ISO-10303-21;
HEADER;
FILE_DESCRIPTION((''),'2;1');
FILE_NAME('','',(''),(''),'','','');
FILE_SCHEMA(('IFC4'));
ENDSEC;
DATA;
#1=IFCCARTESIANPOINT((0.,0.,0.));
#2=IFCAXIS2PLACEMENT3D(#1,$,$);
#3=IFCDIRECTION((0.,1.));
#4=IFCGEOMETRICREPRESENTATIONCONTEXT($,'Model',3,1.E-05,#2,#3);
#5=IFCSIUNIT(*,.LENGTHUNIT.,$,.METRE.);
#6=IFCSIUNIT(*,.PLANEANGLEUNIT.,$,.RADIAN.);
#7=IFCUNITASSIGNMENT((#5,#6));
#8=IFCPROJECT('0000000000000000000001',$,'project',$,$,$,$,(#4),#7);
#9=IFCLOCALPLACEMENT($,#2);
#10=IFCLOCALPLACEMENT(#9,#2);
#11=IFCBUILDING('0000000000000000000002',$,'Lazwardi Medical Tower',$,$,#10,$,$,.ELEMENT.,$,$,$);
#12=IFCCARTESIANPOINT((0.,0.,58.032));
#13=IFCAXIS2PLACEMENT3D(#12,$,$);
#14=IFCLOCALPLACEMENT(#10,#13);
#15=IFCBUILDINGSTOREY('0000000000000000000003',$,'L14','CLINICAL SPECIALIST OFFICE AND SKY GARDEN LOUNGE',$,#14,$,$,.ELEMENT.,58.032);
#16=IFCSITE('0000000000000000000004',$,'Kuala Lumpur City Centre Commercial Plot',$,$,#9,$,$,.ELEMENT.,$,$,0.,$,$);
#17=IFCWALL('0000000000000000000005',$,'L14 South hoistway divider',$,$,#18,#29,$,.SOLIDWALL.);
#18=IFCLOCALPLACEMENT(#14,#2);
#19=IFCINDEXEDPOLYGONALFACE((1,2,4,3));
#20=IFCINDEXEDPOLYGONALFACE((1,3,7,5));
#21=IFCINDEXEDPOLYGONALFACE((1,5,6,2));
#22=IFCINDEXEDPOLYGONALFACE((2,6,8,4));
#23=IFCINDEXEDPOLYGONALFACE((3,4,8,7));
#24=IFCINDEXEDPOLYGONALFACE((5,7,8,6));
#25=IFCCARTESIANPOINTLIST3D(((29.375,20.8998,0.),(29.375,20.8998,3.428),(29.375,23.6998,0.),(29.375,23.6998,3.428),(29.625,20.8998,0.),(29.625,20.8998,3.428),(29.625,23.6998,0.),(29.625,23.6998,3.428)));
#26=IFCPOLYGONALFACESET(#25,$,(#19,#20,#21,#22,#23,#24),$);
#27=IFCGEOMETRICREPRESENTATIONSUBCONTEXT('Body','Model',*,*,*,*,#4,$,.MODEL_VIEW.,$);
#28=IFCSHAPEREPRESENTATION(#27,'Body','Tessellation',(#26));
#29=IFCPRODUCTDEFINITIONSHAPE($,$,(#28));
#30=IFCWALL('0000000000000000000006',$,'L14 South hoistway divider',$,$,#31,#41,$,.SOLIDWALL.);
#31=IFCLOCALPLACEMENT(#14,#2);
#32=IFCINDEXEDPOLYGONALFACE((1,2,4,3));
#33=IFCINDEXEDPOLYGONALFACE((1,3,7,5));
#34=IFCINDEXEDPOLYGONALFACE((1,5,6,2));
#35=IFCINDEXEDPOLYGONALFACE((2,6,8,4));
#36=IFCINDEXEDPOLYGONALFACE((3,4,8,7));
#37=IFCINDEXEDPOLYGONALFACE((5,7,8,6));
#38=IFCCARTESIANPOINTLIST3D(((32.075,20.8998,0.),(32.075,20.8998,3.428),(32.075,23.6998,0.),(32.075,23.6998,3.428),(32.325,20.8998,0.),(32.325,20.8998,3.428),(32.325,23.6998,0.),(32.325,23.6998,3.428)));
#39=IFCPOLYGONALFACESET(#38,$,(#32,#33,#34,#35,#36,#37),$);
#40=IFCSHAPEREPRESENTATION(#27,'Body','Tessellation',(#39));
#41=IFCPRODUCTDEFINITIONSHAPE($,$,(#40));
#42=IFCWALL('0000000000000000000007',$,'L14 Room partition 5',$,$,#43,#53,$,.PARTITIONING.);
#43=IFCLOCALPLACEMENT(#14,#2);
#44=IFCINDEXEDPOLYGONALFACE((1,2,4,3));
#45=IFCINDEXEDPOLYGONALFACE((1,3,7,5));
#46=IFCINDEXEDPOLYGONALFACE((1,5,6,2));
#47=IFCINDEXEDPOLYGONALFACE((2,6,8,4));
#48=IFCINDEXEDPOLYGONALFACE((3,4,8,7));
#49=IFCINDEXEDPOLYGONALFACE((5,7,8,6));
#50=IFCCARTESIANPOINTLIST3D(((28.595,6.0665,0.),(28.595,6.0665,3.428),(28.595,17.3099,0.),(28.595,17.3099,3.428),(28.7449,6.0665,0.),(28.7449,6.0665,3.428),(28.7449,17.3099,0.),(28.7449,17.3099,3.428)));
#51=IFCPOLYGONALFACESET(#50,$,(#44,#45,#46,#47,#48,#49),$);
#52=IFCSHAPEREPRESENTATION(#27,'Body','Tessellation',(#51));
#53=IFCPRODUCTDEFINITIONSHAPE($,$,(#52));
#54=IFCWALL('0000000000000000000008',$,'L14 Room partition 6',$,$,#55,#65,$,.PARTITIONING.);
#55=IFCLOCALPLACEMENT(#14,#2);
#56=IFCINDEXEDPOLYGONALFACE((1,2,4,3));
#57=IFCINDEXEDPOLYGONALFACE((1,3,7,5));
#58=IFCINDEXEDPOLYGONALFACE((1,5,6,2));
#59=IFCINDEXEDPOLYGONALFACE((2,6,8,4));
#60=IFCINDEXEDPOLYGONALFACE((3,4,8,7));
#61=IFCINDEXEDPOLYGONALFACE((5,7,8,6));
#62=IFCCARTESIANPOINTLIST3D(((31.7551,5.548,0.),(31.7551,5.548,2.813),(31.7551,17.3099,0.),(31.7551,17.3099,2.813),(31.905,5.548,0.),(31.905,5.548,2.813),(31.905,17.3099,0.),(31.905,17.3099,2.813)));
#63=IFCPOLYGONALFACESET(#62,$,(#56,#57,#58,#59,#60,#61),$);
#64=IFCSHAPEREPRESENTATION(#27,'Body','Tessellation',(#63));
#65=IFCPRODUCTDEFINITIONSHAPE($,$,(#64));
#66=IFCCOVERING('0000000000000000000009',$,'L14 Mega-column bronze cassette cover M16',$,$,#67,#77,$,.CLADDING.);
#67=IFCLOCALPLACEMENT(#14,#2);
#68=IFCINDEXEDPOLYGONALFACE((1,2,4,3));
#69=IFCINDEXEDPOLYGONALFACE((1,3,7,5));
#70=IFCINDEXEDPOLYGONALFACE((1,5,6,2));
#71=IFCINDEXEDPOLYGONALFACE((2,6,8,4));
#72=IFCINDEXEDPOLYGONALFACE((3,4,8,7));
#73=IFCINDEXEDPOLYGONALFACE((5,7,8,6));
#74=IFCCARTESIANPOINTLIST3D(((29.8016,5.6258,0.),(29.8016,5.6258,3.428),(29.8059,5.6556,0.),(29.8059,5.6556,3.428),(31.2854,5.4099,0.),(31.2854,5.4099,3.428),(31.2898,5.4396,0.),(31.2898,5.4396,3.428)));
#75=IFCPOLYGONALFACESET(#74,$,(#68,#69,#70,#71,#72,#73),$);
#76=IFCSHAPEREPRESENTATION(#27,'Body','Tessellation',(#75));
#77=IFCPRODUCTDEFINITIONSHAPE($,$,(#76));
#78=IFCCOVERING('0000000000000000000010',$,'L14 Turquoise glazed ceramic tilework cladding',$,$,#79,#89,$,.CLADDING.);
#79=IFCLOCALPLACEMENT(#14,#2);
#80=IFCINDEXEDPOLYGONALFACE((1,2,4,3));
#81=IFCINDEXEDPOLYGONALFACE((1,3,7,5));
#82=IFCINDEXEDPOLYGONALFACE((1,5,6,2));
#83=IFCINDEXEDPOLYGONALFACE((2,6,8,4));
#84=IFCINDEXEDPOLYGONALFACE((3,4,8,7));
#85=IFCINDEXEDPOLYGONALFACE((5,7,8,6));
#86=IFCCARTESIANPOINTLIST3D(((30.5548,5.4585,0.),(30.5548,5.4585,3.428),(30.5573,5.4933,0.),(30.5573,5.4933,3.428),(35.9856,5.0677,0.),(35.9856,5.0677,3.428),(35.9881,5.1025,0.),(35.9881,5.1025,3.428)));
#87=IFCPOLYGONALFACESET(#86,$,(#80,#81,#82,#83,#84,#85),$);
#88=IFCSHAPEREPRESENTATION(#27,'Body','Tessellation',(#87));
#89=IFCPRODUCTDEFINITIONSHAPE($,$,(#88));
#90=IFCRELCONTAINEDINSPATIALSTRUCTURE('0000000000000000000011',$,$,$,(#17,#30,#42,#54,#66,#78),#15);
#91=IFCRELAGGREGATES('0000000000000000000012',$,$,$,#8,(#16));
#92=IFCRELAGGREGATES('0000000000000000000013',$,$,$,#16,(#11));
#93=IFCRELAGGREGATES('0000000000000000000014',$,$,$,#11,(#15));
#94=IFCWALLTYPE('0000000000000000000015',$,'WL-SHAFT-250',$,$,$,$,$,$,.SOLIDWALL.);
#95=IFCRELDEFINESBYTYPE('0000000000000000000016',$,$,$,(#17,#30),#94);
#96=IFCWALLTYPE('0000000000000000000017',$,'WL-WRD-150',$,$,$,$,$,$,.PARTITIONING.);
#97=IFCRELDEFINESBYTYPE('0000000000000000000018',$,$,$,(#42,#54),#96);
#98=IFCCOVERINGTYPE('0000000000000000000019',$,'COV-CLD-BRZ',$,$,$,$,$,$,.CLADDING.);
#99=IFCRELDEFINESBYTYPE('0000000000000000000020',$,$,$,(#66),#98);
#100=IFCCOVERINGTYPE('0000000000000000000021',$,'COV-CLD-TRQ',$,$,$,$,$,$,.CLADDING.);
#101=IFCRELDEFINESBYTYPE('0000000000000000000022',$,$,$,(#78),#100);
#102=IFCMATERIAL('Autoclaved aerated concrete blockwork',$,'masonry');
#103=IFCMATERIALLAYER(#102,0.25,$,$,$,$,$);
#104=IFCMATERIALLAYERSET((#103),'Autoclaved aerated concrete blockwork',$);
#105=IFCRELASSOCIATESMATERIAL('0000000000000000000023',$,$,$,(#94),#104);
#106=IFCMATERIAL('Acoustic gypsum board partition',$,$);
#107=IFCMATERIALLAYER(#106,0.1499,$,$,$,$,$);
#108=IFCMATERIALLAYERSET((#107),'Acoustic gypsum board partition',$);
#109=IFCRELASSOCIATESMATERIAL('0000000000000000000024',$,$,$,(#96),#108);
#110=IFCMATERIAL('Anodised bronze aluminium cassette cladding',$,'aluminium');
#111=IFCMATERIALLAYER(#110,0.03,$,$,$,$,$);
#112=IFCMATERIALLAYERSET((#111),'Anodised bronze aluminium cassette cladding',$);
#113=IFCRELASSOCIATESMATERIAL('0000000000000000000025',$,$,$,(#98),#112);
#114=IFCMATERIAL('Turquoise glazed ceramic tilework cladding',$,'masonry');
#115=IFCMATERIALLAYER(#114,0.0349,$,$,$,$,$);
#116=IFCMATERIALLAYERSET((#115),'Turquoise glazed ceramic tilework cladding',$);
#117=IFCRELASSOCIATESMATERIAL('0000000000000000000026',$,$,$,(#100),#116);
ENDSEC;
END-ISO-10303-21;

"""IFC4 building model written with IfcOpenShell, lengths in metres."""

from ifc_helpers import new_model, si_unit, direction, frame, frame_2d, origin, origin_2d, place, context, subcontext, project, spatial, rectangle, extrude, material, layer, layer_set, type_object, element, save


model = new_model("IFC4")

# Units and contexts
model_context = context("Model", 3, precision=1e-05, world=origin(), true_north=direction((0.0, 1.0)))
body_context = subcontext(model_context, "Body", "Model", "MODEL_VIEW")
ifc_project = project(units=[si_unit("LENGTHUNIT", "METRE"), si_unit("PLANEANGLEUNIT", "RADIAN")], contexts=[model_context])

# Site, building, storey
site_placement = place(None, origin())
site = spatial("IfcSite", under=ifc_project, at=site_placement, Name="Kuala Lumpur City Centre Commercial Plot", CompositionType="ELEMENT", RefElevation=0.0)
building_placement = place(site_placement, origin())
building = spatial("IfcBuilding", under=site, at=building_placement, Name="Lazwardi Medical Tower", CompositionType="ELEMENT")
storey_placement = place(building_placement, frame((0.0, 0.0, 58.032)))
storey = spatial("IfcBuildingStorey", under=building, at=storey_placement, Name="L14", Description="CLINICAL SPECIALIST OFFICE AND SKY GARDEN LOUNGE", CompositionType="ELEMENT", Elevation=58.032)

# Walls
ifc_material_1 = material(Name="Autoclaved aerated concrete blockwork", Category="masonry")
ifc_layer_1 = layer(ifc_material_1, 0.25)
ifc_layer_set_1 = layer_set([ifc_layer_1], Name="Autoclaved aerated concrete blockwork")
wall_type_1 = type_object("IfcWallType", Name="WL-SHAFT-250", PredefinedType="SOLIDWALL", material=ifc_layer_set_1)
for number, where, z_axis, x_axis, name in (
    (1, (29.5, 20.8999, 0.0), (0.0, 0.0, 1.0), (0.0, 1.0, 0.0), "L14 South hoistway divider"),
    (2, (32.2, 20.8999, 0.0), (0.0, 0.0, 1.0), (0.0, 1.0, 0.0), "L14 South hoistway divider"),
):
    element("IfcWall", number, at=place(storey_placement, frame(where, z_axis=z_axis, x_axis=x_axis)), inside=storey, type_object=wall_type_1, Name=name, PredefinedType="SOLIDWALL", context=body_context, shape_type="SweptSolid", body=[
        extrude(rectangle(XDim=2.8, YDim=0.25, at=frame_2d((1.3999, 0.0))), origin(), (0.0, 0.0, 1.0), 3.428),
    ])
ifc_material_2 = material(Name="Acoustic gypsum board partition")
ifc_layer_2 = layer(ifc_material_2, 0.1499)
ifc_layer_set_2 = layer_set([ifc_layer_2], Name="Acoustic gypsum board partition")
wall_type_2 = type_object("IfcWallType", Name="WL-WRD-150", PredefinedType="PARTITIONING", material=ifc_layer_set_2)
wall_1_placement = place(storey_placement, frame((28.6699, 6.0667, 0.0), z_axis=(0.0, 0.0, 1.0), x_axis=(0.0, 1.0, 0.0)))
element("IfcWall", 3, at=wall_1_placement, inside=storey, type_object=wall_type_2, Name="L14 Room partition 5", PredefinedType="PARTITIONING", context=body_context, shape_type="SweptSolid", body=[
    extrude(rectangle(XDim=11.2434, YDim=0.1499, at=frame_2d((5.6216, 0.0))), origin(), (0.0, 0.0, 1.0), 3.428),
])
wall_2_placement = place(storey_placement, frame((31.8301, 5.5481, 0.0), z_axis=(0.0, 0.0, 1.0), x_axis=(0.0, 1.0, 0.0)))
element("IfcWall", 4, at=wall_2_placement, inside=storey, type_object=wall_type_2, Name="L14 Room partition 6", PredefinedType="PARTITIONING", context=body_context, shape_type="SweptSolid", body=[
    extrude(rectangle(XDim=11.762, YDim=0.1499, at=frame_2d((5.8809, 0.0))), origin(), (0.0, 0.0, 1.0), 2.813),
])

# Coverings
ifc_material_3 = material(Name="Anodised bronze aluminium cassette cladding", Category="aluminium")
ifc_layer_3 = layer(ifc_material_3, 0.03)
ifc_layer_set_3 = layer_set([ifc_layer_3], Name="Anodised bronze aluminium cassette cladding")
covering_type_1 = type_object("IfcCoveringType", Name="COV-CLD-BRZ", PredefinedType="CLADDING", material=ifc_layer_set_3)
covering_1_placement = place(storey_placement, frame((30.5457, 5.5327, 0.0), z_axis=(0.0, 0.0, 1.0), x_axis=(0.989573, -0.144035, 0.0)))
element("IfcCovering", 5, at=covering_1_placement, inside=storey, type_object=covering_type_1, Name="L14 Mega-column bronze cassette cover M16", PredefinedType="CLADDING", context=body_context, shape_type="SweptSolid", body=[
    extrude(rectangle(XDim=1.4995, YDim=0.03, at=origin_2d()), origin(), (0.0, 0.0, 1.0), 3.428),
])
ifc_material_4 = material(Name="Turquoise glazed ceramic tilework cladding", Category="masonry")
ifc_layer_4 = layer(ifc_material_4, 0.0349)
ifc_layer_set_4 = layer_set([ifc_layer_4], Name="Turquoise glazed ceramic tilework cladding")
covering_type_2 = type_object("IfcCoveringType", Name="COV-CLD-TRQ", PredefinedType="CLADDING", material=ifc_layer_set_4)
covering_2_placement = place(storey_placement, frame((33.2715, 5.2805, 0.0), z_axis=(0.0, 0.0, 1.0), x_axis=(0.997421, -0.071774, 0.0)))
element("IfcCovering", 6, at=covering_2_placement, inside=storey, type_object=covering_type_2, Name="L14 Turquoise glazed ceramic tilework cladding", PredefinedType="CLADDING", context=body_context, shape_type="SweptSolid", body=[
    extrude(rectangle(XDim=5.4448, YDim=0.0349, at=origin_2d()), origin(), (0.0, 0.0, 1.0), 3.428),
])

save(model, "model.ifc")
